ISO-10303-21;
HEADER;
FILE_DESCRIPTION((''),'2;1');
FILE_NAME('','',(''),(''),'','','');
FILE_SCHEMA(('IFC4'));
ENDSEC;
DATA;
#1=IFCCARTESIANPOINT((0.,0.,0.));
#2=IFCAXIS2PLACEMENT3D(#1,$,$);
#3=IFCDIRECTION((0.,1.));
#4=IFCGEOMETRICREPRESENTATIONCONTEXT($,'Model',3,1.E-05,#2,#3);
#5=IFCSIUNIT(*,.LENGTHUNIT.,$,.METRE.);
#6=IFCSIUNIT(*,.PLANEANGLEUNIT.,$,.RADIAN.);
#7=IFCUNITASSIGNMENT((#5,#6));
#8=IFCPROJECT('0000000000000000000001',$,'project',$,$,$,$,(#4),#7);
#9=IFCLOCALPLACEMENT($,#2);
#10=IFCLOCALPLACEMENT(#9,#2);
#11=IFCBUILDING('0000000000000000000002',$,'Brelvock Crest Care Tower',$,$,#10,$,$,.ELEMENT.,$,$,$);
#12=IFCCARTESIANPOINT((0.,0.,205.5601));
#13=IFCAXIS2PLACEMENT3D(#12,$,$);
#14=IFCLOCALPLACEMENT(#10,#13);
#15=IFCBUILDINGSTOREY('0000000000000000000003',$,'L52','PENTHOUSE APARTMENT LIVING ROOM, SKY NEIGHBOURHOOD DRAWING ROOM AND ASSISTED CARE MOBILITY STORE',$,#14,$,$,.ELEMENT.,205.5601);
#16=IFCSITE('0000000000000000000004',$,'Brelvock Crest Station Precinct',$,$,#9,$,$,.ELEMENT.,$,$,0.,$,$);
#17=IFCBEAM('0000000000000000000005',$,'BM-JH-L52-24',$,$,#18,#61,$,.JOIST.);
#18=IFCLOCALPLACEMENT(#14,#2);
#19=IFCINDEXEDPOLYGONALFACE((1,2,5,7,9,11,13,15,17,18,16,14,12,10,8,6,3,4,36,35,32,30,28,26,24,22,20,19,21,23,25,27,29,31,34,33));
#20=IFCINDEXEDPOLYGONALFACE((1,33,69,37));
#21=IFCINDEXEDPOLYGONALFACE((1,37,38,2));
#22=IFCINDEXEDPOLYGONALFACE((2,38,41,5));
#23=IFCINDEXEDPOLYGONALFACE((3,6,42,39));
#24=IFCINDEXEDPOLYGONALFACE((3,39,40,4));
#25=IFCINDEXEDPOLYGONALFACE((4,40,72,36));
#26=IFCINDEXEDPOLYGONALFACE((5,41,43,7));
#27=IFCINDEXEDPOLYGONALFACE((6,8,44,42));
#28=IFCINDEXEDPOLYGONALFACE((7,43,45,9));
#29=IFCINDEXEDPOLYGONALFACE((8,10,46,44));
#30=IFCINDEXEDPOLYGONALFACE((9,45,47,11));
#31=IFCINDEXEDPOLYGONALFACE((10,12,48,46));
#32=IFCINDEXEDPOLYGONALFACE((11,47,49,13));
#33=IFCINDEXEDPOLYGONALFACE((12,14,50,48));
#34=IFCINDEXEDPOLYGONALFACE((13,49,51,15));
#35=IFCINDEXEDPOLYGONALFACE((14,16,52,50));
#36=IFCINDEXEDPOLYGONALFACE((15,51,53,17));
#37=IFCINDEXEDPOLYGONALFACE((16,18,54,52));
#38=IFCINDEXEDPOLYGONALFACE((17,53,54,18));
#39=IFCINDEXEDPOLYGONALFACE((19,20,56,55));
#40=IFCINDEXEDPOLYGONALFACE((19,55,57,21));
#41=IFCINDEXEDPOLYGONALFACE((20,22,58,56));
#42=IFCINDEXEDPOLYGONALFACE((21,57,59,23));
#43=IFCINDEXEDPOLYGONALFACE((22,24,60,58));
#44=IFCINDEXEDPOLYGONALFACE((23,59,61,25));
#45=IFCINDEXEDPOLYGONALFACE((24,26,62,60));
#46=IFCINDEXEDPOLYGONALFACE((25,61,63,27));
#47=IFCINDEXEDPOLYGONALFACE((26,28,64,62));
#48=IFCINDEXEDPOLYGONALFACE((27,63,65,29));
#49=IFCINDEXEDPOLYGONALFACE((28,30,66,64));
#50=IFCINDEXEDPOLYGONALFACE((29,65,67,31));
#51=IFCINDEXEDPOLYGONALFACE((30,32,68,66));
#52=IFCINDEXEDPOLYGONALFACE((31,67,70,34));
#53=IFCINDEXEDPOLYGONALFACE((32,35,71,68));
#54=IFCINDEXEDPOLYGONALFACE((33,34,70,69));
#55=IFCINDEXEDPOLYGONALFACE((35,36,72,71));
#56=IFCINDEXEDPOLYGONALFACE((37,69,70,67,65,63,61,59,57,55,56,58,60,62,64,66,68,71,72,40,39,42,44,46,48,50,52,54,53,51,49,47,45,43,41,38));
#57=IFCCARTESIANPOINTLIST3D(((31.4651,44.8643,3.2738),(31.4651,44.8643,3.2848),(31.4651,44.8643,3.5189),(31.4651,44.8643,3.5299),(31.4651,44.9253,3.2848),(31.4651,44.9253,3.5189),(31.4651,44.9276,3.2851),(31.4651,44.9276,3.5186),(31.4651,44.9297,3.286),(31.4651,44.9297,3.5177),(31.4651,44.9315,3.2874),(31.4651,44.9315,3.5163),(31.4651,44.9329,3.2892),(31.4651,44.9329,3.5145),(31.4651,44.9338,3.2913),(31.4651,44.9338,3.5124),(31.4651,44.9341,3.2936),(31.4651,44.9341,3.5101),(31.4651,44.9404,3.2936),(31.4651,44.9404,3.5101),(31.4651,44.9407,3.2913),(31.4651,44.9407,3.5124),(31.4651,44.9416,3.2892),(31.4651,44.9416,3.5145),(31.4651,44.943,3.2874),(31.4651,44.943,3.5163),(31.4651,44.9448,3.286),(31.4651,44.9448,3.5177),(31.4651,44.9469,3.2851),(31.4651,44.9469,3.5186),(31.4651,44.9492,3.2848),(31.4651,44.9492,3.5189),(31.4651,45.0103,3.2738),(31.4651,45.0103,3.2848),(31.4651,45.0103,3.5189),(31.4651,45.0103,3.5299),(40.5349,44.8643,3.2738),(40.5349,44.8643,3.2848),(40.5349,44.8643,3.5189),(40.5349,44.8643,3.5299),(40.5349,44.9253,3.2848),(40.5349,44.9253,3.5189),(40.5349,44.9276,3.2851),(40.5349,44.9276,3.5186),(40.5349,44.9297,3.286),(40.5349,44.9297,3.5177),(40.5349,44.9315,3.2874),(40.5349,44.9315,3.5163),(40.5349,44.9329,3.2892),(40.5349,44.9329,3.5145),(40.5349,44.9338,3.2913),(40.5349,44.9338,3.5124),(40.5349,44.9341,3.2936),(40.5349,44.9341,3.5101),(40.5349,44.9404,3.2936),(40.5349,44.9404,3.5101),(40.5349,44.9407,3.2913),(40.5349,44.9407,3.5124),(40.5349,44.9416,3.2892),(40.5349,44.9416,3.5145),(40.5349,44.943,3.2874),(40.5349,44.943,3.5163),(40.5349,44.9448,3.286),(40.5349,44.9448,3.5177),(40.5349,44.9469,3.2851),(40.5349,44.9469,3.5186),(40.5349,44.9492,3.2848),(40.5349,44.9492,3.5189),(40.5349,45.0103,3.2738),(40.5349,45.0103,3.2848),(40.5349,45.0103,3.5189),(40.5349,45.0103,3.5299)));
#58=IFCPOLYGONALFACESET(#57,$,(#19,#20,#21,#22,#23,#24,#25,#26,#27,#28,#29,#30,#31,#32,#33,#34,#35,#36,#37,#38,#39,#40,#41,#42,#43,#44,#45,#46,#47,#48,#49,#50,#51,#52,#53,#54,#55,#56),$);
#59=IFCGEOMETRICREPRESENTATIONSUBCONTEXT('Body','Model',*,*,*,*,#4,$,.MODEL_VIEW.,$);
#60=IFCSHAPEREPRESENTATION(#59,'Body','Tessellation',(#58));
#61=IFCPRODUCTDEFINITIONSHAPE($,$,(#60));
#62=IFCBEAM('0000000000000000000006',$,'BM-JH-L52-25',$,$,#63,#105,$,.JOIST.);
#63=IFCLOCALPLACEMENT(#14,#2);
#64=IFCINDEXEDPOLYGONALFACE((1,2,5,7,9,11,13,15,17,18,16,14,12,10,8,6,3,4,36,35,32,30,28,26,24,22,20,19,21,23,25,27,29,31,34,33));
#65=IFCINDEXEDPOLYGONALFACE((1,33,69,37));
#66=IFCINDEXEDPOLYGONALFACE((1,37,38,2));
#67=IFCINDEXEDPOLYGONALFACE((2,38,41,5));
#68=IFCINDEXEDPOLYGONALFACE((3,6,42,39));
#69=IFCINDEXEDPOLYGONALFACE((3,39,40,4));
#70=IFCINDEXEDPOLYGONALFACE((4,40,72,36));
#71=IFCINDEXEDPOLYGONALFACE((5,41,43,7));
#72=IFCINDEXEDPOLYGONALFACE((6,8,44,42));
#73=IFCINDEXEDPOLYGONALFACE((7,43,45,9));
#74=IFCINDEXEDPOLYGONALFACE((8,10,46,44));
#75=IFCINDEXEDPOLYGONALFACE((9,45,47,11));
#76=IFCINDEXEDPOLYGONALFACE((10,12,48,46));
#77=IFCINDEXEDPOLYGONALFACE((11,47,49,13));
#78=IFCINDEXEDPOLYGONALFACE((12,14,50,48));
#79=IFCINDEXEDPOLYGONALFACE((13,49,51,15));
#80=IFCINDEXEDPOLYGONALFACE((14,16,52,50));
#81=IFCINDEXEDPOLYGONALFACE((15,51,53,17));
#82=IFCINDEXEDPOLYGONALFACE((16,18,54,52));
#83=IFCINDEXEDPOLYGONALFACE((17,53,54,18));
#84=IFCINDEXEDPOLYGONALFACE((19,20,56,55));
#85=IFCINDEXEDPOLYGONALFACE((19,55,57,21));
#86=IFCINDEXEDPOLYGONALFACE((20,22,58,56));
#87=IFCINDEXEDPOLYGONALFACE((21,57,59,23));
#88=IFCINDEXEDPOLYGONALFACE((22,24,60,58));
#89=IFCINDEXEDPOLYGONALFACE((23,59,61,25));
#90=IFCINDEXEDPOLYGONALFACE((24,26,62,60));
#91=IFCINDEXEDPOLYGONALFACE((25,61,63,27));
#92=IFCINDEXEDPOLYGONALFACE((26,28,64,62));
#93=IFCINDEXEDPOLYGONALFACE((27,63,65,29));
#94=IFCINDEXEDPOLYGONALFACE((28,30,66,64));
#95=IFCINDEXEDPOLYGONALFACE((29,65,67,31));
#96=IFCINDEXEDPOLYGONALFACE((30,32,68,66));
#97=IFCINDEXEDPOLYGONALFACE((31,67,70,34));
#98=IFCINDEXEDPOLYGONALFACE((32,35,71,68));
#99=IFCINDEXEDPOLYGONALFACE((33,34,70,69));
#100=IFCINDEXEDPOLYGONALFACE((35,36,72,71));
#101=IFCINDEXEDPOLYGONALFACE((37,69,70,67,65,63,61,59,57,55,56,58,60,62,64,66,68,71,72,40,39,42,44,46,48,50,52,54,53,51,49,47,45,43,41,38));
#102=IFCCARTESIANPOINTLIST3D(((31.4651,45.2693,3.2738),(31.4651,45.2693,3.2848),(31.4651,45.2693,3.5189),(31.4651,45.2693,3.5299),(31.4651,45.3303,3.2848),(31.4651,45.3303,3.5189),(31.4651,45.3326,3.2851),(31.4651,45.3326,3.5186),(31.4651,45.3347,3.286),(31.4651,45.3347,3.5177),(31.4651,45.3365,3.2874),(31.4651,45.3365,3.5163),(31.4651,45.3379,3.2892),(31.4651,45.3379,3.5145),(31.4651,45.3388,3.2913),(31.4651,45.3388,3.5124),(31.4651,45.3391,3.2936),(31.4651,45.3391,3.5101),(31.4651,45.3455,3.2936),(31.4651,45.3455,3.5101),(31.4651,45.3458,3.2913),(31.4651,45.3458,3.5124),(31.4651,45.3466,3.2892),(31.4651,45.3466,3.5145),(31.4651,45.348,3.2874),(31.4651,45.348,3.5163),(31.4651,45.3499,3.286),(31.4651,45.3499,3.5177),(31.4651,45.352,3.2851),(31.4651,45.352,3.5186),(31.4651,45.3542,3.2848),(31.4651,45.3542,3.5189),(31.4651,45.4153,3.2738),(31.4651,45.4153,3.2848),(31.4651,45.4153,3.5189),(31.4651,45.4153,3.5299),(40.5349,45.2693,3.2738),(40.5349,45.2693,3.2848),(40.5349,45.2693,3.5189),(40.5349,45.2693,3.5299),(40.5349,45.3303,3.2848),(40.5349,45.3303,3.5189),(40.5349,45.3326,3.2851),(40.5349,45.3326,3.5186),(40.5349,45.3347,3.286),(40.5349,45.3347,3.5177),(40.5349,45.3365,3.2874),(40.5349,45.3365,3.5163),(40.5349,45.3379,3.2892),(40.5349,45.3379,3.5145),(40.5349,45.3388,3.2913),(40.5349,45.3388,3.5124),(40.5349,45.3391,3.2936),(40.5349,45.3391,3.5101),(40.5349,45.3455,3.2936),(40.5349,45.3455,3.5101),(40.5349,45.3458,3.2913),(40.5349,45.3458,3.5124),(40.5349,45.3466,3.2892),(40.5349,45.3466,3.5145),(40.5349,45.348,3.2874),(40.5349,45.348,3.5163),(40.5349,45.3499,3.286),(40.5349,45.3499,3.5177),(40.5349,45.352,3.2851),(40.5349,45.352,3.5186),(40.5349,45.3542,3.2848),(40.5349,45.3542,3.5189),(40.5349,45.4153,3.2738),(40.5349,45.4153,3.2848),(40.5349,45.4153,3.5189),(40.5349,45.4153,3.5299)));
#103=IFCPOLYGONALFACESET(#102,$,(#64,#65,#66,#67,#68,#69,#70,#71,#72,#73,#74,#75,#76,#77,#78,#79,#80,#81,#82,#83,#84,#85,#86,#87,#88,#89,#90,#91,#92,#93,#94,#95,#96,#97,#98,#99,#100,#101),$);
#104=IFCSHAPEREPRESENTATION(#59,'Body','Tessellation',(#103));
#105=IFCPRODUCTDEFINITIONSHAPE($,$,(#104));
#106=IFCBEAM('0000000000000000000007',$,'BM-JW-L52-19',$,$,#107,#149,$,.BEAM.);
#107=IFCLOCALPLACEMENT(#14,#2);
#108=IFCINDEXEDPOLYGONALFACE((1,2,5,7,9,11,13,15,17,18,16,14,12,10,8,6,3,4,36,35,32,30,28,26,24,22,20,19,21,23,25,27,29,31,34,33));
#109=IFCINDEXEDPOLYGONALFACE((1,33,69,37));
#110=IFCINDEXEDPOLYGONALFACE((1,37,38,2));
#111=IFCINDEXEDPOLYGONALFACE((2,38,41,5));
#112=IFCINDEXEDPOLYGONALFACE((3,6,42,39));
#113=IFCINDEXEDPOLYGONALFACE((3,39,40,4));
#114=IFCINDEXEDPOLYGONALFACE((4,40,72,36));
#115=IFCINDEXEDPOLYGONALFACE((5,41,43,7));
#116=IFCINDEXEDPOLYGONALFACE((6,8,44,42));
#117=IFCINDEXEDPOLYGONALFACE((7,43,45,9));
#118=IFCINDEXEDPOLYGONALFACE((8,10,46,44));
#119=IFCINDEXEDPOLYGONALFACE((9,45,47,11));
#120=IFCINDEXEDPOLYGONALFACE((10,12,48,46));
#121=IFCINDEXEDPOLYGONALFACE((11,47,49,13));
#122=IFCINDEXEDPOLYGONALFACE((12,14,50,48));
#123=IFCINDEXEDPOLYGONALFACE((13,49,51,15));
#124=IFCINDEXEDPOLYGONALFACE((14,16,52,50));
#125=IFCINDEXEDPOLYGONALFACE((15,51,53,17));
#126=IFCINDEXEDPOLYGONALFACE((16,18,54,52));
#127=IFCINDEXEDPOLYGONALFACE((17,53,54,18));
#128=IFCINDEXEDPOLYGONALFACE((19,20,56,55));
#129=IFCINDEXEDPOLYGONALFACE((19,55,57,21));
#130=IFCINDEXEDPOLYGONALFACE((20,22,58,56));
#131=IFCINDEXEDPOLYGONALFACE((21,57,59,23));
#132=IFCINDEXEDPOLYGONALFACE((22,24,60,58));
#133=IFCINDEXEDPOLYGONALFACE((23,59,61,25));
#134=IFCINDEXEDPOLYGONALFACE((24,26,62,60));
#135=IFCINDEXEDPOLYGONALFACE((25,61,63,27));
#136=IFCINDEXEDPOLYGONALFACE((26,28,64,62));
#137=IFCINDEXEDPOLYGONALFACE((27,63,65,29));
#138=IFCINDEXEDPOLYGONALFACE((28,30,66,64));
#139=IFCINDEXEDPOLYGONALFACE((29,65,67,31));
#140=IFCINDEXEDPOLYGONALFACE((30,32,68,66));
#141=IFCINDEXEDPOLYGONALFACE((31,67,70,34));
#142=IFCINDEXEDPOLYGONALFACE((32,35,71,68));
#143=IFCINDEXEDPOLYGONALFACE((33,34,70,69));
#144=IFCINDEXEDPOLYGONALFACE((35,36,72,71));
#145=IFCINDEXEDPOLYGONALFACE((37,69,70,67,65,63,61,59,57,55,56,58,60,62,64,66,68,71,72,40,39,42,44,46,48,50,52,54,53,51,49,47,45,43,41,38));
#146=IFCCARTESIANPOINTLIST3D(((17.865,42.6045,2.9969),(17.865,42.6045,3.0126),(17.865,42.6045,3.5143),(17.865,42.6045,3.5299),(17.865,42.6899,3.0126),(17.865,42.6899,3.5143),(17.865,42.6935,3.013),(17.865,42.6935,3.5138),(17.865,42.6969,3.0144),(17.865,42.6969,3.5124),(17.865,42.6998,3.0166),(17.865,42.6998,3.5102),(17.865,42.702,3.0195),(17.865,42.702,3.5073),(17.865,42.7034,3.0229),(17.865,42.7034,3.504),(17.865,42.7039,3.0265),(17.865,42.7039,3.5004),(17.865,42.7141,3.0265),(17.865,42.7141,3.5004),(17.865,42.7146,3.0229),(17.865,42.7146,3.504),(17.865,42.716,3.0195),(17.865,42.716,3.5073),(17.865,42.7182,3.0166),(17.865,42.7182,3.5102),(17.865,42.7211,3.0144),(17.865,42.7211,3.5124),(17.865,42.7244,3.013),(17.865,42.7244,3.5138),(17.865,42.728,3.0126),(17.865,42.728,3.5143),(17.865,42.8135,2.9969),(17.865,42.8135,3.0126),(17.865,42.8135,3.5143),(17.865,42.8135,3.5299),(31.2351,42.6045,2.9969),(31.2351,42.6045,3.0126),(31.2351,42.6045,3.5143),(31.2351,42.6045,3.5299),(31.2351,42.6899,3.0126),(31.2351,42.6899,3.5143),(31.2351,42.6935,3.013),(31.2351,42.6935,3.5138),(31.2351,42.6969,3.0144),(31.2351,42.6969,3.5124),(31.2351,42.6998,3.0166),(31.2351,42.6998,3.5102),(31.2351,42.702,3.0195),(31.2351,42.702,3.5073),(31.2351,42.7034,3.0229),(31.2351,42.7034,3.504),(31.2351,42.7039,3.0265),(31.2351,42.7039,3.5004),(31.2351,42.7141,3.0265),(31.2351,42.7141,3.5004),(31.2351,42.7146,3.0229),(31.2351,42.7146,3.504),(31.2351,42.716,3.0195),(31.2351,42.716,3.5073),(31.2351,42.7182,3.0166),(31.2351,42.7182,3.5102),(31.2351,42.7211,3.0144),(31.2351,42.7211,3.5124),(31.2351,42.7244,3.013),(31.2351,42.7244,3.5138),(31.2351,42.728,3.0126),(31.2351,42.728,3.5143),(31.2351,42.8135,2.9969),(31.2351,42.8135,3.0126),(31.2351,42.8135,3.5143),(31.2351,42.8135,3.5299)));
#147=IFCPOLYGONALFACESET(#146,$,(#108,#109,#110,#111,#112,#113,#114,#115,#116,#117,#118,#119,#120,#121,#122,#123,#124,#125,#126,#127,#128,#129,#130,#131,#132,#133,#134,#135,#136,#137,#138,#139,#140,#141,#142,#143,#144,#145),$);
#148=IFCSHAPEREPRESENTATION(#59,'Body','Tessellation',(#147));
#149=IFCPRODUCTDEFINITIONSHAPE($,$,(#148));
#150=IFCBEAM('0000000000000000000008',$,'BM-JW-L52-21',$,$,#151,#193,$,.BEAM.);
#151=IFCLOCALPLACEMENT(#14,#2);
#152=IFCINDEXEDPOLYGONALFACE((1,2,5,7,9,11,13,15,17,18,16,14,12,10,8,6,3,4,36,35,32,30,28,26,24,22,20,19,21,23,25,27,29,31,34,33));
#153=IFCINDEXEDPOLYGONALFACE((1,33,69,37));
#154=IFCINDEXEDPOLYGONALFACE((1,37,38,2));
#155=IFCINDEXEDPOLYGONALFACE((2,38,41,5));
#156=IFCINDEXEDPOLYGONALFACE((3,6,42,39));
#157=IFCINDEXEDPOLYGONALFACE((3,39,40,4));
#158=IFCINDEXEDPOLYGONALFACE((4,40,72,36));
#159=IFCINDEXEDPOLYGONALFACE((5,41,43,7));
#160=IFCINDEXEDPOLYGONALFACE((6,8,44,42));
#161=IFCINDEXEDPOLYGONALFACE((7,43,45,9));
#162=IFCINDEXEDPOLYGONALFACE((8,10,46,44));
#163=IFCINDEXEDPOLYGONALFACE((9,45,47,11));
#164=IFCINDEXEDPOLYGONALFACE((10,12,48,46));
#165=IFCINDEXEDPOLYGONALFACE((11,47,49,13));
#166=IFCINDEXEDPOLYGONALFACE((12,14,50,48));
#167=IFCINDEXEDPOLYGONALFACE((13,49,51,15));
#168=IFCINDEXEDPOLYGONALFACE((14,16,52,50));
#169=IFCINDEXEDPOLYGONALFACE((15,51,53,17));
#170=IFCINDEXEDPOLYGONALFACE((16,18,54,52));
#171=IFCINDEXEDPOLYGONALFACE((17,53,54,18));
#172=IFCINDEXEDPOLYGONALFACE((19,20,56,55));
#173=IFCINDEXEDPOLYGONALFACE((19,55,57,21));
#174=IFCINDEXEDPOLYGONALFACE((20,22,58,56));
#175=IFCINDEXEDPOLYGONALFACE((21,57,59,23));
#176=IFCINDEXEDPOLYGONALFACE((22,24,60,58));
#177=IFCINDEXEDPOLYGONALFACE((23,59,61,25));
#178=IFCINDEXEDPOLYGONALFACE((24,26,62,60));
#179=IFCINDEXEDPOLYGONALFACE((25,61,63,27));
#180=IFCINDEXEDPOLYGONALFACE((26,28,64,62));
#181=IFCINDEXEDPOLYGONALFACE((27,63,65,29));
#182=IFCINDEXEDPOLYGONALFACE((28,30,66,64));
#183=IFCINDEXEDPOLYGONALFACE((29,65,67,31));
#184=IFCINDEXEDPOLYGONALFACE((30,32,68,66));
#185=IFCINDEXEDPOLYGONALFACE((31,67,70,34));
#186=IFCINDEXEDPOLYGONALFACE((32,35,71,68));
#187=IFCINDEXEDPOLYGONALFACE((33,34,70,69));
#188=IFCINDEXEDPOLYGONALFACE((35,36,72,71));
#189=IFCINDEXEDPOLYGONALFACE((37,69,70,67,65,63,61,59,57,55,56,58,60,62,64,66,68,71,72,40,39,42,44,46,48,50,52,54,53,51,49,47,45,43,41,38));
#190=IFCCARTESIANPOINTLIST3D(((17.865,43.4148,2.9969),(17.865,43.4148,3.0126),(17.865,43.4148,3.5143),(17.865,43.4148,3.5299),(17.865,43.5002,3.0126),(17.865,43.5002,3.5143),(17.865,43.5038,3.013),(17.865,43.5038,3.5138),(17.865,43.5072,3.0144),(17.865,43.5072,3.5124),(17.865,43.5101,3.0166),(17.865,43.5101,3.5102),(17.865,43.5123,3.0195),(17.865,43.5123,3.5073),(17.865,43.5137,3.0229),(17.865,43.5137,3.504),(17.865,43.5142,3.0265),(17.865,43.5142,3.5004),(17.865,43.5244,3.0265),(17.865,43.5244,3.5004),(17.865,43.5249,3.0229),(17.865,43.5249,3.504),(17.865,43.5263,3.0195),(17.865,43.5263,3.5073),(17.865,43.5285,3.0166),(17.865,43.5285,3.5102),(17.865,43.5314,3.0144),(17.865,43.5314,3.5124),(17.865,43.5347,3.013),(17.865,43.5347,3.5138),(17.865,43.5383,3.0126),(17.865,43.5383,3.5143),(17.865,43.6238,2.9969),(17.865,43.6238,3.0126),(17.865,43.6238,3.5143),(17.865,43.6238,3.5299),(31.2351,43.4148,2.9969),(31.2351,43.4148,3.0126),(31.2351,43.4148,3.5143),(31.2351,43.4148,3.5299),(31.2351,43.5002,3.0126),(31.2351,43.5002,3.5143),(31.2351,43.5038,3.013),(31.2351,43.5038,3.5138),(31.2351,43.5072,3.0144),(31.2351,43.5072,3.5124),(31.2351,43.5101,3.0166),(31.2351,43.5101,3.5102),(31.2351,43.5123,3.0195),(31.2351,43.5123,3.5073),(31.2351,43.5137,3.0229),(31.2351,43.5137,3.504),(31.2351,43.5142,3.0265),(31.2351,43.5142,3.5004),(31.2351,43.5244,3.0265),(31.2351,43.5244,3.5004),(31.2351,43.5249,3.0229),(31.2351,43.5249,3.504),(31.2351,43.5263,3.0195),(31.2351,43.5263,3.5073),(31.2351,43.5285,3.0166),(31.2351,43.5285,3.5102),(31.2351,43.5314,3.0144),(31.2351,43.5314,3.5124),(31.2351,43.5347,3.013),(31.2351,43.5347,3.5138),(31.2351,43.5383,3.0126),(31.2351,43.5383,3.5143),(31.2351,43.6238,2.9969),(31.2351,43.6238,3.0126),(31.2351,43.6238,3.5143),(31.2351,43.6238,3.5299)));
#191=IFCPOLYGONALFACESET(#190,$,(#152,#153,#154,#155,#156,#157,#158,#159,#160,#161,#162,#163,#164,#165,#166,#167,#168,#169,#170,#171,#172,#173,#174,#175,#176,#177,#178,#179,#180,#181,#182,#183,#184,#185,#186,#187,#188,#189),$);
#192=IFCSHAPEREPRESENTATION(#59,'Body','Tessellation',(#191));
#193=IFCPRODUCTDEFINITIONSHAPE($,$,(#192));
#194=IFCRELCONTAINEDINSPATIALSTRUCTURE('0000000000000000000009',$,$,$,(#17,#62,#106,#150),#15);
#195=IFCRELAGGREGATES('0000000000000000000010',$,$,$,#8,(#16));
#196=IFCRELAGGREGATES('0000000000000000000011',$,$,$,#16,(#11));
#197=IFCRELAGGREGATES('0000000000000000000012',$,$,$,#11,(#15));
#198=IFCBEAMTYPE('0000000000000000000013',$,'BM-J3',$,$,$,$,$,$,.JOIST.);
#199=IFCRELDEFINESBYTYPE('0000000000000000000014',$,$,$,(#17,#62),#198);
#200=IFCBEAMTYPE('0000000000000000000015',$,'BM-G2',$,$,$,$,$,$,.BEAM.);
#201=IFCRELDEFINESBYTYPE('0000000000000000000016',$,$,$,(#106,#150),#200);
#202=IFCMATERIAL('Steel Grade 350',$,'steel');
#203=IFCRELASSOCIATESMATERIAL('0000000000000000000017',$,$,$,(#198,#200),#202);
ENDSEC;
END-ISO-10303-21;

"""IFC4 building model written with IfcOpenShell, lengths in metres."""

from ifc_helpers import new_model, si_unit, direction, frame, origin, origin_2d, place, context, subcontext, project, spatial, i_section, extrude, source, transform, mapped, material, material_profile, profile_set, type_object, element, save


model = new_model("IFC4")

# Units and contexts
model_context = context("Model", 3, precision=1e-05, world=origin(), true_north=direction((0.0, 1.0)))
body_context = subcontext(model_context, "Body", "Model", "MODEL_VIEW")
ifc_project = project(units=[si_unit("LENGTHUNIT", "METRE"), si_unit("PLANEANGLEUNIT", "RADIAN")], contexts=[model_context])

# Site, building, storey
site_placement = place(None, origin())
site = spatial("IfcSite", under=ifc_project, at=site_placement, Name="Brelvock Crest Station Precinct", CompositionType="ELEMENT", RefElevation=0.0)
building_placement = place(site_placement, origin())
building = spatial("IfcBuilding", under=site, at=building_placement, Name="Brelvock Crest Care Tower", CompositionType="ELEMENT")
storey_placement = place(building_placement, frame((0.0, 0.0, 205.5601)))
storey = spatial("IfcBuildingStorey", under=building, at=storey_placement, Name="L52", Description="PENTHOUSE APARTMENT LIVING ROOM, SKY NEIGHBOURHOOD DRAWING ROOM AND ASSISTED CARE MOBILITY STORE", CompositionType="ELEMENT", Elevation=205.5601)

# Beams
ifc_material_1 = material(Name="Steel Grade 350", Category="steel")
ifc_material_profile_1 = material_profile(ifc_material_1, i_section(OverallWidth=0.146, OverallDepth=0.2561, WebThickness=0.0063, FlangeThickness=0.011, FilletRadius=0.0088, at=origin_2d()), Name="250UB37.3")
ifc_profile_set_1 = profile_set([ifc_material_profile_1], Name="Steel Grade 350")
beam_type_1 = type_object("IfcBeamType", Name="BM-J3", PredefinedType="JOIST", material=ifc_profile_set_1)
shared_shape_1 = source(origin(), body_context, "Body", "SweptSolid", [
    extrude(i_section(OverallWidth=0.146, OverallDepth=0.2561, WebThickness=0.0063, FlangeThickness=0.011, FilletRadius=0.0088, at=origin_2d()), origin(), (0.0, 0.0, 1.0), 9.0698),
])
for number, where, z_axis, x_axis, name in (
    (1, (31.4651, 44.9373, 3.4019), (1.0, 0.0, 0.0), (0.0, 1.0, 0.0), "BM-JH-L52-24"),
    (2, (31.4651, 45.3423, 3.4019), (1.0, 0.0, 0.0), (0.0, 1.0, 0.0), "BM-JH-L52-25"),
):
    element("IfcBeam", number, at=place(storey_placement, frame(where, z_axis=z_axis, x_axis=x_axis)), inside=storey, type_object=beam_type_1, Name=name, PredefinedType="JOIST", context=body_context, shape_type="MappedRepresentation", body=[
        mapped(shared_shape_1, transform((0.0, 0.0, 0.0), x_axis=(1.0, 0.0, 0.0), y_axis=(0.0, 1.0, 0.0), z_axis=(0.0, 0.0, 1.0), scale=1.0)),
    ])
ifc_material_profile_2 = material_profile(ifc_material_1, i_section(OverallWidth=0.209, OverallDepth=0.533, WebThickness=0.0103, FlangeThickness=0.0156, FilletRadius=0.0139, at=origin_2d()), Name="530UB92.4")
ifc_profile_set_2 = profile_set([ifc_material_profile_2], Name="Steel Grade 350")
beam_type_2 = type_object("IfcBeamType", Name="BM-G2", PredefinedType="BEAM", material=ifc_profile_set_2)
shared_shape_2 = source(origin(), body_context, "Body", "SweptSolid", [
    extrude(i_section(OverallWidth=0.209, OverallDepth=0.533, WebThickness=0.0103, FlangeThickness=0.0156, FilletRadius=0.0139, at=origin_2d()), origin(), (0.0, 0.0, 1.0), 13.3701),
])
for number, where, z_axis, x_axis, name in (
    (3, (17.865, 42.709, 3.2634), (1.0, 0.0, 0.0), (0.0, 1.0, 0.0), "BM-JW-L52-19"),
    (4, (17.865, 43.5193, 3.2634), (1.0, 0.0, 0.0), (0.0, 1.0, 0.0), "BM-JW-L52-21"),
):
    element("IfcBeam", number, at=place(storey_placement, frame(where, z_axis=z_axis, x_axis=x_axis)), inside=storey, type_object=beam_type_2, Name=name, PredefinedType="BEAM", context=body_context, shape_type="MappedRepresentation", body=[
        mapped(shared_shape_2, transform((0.0, 0.0, 0.0), x_axis=(1.0, 0.0, 0.0), y_axis=(0.0, 1.0, 0.0), z_axis=(0.0, 0.0, 1.0), scale=1.0)),
    ])

save(model, "model.ifc")
